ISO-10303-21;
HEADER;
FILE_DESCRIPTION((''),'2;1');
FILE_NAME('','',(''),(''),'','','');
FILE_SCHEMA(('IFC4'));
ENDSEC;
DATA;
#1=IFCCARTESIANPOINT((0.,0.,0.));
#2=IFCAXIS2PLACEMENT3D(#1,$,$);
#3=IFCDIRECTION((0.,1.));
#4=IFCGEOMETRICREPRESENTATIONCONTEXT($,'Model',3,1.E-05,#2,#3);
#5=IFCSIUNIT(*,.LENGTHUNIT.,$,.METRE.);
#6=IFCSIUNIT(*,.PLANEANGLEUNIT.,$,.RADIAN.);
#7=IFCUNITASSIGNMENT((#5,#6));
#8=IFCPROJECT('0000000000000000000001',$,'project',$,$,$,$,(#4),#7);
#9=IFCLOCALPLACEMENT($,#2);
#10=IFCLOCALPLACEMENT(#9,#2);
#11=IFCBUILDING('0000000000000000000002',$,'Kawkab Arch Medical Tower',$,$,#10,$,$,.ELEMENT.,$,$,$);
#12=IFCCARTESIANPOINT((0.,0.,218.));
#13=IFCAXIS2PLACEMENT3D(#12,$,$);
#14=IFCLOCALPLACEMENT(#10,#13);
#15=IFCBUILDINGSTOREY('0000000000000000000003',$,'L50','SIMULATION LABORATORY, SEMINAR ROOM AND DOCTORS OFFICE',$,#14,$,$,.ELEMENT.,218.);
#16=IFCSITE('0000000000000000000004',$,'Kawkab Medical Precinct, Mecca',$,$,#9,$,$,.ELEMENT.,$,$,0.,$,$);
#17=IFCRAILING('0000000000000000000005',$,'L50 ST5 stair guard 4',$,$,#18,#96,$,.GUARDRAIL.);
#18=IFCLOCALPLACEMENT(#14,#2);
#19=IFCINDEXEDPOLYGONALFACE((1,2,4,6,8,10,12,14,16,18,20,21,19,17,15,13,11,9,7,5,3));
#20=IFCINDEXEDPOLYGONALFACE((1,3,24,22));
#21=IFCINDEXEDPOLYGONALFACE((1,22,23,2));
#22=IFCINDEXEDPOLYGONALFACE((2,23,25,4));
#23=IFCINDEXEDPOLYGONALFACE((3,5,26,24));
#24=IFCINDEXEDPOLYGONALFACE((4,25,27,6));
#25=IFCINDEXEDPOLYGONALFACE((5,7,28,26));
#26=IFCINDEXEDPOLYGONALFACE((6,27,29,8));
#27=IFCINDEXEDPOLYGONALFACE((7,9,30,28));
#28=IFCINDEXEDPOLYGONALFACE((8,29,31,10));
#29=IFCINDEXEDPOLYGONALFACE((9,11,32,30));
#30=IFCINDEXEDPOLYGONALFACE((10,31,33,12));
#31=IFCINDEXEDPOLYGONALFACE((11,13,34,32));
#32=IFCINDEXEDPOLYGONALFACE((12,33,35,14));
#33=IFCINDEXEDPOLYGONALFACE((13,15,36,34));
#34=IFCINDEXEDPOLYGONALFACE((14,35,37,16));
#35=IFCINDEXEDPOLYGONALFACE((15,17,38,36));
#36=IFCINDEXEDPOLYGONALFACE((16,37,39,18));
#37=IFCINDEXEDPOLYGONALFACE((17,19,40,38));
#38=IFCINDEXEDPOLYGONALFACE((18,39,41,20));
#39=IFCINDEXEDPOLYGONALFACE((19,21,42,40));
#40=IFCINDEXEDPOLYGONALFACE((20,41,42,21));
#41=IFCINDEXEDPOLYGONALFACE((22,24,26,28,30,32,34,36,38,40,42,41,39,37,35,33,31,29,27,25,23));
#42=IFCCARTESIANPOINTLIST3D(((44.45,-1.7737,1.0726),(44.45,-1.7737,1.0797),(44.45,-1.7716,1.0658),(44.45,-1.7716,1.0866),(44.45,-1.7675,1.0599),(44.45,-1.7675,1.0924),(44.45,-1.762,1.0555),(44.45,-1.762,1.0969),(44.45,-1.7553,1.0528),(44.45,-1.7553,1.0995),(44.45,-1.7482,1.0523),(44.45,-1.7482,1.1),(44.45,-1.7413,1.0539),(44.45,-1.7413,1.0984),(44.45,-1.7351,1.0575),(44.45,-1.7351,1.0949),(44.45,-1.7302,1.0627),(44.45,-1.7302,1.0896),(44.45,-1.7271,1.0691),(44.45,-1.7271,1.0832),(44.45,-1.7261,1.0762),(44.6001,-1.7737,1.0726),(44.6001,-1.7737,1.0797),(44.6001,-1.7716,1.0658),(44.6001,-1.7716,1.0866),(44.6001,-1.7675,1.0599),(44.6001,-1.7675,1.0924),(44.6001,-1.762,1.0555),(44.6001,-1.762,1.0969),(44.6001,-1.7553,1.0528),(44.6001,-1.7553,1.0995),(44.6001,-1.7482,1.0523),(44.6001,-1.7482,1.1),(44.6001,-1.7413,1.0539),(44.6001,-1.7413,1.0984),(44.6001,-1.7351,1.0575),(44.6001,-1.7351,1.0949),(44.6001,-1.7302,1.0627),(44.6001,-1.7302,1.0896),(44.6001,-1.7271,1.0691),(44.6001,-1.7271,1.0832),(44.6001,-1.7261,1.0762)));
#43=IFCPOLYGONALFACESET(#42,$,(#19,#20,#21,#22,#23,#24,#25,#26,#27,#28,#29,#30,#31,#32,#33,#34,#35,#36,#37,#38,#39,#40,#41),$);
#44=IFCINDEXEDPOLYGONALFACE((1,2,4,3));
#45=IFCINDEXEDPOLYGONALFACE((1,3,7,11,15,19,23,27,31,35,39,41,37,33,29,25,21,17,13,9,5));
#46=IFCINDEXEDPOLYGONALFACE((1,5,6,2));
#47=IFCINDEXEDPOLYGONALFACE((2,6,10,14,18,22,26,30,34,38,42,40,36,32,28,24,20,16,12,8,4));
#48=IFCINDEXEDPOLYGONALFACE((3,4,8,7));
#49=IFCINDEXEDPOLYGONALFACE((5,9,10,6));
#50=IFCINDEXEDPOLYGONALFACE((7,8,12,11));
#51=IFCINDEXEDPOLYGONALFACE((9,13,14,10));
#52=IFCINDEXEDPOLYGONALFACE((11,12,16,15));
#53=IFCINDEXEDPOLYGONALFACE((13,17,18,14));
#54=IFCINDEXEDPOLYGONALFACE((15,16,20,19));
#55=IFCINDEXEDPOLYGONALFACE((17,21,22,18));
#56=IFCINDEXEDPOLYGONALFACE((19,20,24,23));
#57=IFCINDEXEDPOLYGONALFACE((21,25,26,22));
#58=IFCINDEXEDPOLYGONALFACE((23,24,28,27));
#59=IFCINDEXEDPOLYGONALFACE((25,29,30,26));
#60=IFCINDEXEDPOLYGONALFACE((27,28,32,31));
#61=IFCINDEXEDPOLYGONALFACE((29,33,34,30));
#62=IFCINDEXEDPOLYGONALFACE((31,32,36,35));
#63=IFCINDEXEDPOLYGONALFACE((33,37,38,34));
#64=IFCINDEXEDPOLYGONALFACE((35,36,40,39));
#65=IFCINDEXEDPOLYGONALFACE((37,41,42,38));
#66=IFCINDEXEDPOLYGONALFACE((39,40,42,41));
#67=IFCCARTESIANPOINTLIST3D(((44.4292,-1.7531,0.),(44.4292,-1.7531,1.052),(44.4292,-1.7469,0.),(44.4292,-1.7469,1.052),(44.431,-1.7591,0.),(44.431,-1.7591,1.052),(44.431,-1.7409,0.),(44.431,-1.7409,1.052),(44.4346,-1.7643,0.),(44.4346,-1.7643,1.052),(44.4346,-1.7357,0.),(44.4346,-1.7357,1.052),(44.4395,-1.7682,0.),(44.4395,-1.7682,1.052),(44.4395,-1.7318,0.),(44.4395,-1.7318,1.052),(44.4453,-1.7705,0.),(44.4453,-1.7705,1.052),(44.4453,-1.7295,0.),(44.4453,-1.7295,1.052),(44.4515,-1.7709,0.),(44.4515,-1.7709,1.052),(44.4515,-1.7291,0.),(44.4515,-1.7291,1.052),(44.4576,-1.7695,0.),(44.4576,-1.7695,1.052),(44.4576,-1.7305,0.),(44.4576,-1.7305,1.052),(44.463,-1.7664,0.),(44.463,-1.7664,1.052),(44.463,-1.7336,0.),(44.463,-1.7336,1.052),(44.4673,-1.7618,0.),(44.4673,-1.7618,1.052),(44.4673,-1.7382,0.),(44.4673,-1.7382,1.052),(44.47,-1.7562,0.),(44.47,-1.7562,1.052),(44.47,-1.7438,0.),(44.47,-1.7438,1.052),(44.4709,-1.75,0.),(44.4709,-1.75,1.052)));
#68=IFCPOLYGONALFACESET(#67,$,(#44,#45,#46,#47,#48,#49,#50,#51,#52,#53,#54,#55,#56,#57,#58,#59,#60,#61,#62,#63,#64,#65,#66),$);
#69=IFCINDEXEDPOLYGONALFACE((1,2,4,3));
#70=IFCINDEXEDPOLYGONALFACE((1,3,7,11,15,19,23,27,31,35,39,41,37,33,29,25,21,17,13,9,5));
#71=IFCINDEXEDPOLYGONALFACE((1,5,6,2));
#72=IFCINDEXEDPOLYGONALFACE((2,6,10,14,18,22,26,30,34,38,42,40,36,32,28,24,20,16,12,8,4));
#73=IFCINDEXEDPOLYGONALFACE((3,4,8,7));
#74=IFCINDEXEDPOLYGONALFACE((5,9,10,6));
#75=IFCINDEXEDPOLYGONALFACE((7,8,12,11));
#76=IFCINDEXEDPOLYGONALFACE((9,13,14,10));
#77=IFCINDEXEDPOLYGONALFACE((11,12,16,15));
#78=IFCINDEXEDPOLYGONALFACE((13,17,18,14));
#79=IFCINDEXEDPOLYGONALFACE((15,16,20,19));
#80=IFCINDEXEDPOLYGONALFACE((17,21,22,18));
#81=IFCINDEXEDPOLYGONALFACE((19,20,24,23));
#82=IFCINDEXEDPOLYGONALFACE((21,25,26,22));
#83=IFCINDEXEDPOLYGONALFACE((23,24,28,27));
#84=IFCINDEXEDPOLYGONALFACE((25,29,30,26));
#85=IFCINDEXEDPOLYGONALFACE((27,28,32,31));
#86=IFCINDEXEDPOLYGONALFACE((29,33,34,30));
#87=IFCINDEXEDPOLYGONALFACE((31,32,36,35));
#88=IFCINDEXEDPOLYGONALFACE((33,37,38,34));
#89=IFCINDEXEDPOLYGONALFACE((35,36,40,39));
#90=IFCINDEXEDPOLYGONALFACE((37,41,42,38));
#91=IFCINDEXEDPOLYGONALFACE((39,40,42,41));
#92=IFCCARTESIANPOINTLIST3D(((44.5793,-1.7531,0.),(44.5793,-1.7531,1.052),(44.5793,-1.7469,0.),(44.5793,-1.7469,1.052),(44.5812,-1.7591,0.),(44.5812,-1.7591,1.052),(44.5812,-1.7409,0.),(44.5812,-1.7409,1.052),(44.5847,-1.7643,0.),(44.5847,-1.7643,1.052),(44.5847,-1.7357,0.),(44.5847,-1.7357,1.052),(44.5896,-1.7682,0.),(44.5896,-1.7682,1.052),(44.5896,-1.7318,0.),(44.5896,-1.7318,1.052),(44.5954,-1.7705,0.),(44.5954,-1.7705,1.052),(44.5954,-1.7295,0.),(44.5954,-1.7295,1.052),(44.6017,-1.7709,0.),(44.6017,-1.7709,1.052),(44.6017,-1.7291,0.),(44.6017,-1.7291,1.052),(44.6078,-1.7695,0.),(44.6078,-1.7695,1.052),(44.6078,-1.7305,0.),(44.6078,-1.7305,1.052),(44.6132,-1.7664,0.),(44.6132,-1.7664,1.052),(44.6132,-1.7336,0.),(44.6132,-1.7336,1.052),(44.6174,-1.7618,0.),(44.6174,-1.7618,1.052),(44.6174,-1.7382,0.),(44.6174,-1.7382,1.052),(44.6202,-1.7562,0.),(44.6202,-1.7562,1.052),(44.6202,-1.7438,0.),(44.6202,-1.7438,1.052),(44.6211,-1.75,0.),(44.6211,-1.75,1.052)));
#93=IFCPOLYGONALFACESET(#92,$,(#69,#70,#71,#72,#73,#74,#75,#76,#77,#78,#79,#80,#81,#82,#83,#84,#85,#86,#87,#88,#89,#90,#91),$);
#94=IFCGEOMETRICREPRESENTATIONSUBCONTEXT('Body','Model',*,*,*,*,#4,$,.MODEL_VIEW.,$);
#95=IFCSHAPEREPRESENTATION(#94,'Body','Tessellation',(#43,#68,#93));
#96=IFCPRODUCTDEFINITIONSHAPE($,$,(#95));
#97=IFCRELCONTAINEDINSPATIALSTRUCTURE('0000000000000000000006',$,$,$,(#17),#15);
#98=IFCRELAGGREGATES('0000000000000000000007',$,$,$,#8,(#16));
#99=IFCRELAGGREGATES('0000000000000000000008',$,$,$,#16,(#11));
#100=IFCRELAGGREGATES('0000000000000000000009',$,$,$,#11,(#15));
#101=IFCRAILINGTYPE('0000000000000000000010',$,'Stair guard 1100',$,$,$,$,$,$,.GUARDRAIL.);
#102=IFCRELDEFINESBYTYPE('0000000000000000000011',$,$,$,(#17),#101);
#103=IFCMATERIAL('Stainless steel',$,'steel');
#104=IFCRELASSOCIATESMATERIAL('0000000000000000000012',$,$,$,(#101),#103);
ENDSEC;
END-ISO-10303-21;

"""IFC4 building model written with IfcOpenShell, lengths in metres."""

from ifc_helpers import new_model, si_unit, direction, frame, origin, origin_2d, place, context, subcontext, project, spatial, circle, extrude, material, type_object, element, save


model = new_model("IFC4")

# Units and contexts
model_context = context("Model", 3, precision=1e-05, world=origin(), true_north=direction((0.0, 1.0)))
body_context = subcontext(model_context, "Body", "Model", "MODEL_VIEW")
ifc_project = project(units=[si_unit("LENGTHUNIT", "METRE"), si_unit("PLANEANGLEUNIT", "RADIAN")], contexts=[model_context])

# Site, building, storey
site_placement = place(None, origin())
site = spatial("IfcSite", under=ifc_project, at=site_placement, Name="Kawkab Medical Precinct, Mecca", CompositionType="ELEMENT", RefElevation=0.0)
building_placement = place(site_placement, origin())
building = spatial("IfcBuilding", under=site, at=building_placement, Name="Kawkab Arch Medical Tower", CompositionType="ELEMENT")
storey_placement = place(building_placement, frame((0.0, 0.0, 218.0)))
storey = spatial("IfcBuildingStorey", under=building, at=storey_placement, Name="L50", Description="SIMULATION LABORATORY, SEMINAR ROOM AND DOCTORS OFFICE", CompositionType="ELEMENT", Elevation=218.0)

# Railing
ifc_material_1 = material(Name="Stainless steel", Category="steel")
railing_type_1 = type_object("IfcRailingType", Name="Stair guard 1100", PredefinedType="GUARDRAIL", material=ifc_material_1)
railing_1_placement = place(storey_placement, frame((44.45, -1.75, 0.0)))
element("IfcRailing", 1, at=railing_1_placement, inside=storey, type_object=railing_type_1, Name="L50 ST5 stair guard 4", PredefinedType="GUARDRAIL", context=body_context, shape_type="SweptSolid", body=[
    extrude(circle(Radius=0.0239, at=origin_2d()), frame((0.0, 0.0, 1.0762), z_axis=(1.0, 0.0, 0.0), x_axis=(0.0, 1.0, 0.0)), (0.0, 0.0, 1.0), 0.1501),
    extrude(circle(Radius=0.021, at=origin_2d()), origin(), (0.0, 0.0, 1.0), 1.052),
    extrude(circle(Radius=0.021, at=origin_2d()), frame((0.1501, 0.0, 0.0)), (0.0, 0.0, 1.0), 1.052),
])

save(model, "model.ifc")
